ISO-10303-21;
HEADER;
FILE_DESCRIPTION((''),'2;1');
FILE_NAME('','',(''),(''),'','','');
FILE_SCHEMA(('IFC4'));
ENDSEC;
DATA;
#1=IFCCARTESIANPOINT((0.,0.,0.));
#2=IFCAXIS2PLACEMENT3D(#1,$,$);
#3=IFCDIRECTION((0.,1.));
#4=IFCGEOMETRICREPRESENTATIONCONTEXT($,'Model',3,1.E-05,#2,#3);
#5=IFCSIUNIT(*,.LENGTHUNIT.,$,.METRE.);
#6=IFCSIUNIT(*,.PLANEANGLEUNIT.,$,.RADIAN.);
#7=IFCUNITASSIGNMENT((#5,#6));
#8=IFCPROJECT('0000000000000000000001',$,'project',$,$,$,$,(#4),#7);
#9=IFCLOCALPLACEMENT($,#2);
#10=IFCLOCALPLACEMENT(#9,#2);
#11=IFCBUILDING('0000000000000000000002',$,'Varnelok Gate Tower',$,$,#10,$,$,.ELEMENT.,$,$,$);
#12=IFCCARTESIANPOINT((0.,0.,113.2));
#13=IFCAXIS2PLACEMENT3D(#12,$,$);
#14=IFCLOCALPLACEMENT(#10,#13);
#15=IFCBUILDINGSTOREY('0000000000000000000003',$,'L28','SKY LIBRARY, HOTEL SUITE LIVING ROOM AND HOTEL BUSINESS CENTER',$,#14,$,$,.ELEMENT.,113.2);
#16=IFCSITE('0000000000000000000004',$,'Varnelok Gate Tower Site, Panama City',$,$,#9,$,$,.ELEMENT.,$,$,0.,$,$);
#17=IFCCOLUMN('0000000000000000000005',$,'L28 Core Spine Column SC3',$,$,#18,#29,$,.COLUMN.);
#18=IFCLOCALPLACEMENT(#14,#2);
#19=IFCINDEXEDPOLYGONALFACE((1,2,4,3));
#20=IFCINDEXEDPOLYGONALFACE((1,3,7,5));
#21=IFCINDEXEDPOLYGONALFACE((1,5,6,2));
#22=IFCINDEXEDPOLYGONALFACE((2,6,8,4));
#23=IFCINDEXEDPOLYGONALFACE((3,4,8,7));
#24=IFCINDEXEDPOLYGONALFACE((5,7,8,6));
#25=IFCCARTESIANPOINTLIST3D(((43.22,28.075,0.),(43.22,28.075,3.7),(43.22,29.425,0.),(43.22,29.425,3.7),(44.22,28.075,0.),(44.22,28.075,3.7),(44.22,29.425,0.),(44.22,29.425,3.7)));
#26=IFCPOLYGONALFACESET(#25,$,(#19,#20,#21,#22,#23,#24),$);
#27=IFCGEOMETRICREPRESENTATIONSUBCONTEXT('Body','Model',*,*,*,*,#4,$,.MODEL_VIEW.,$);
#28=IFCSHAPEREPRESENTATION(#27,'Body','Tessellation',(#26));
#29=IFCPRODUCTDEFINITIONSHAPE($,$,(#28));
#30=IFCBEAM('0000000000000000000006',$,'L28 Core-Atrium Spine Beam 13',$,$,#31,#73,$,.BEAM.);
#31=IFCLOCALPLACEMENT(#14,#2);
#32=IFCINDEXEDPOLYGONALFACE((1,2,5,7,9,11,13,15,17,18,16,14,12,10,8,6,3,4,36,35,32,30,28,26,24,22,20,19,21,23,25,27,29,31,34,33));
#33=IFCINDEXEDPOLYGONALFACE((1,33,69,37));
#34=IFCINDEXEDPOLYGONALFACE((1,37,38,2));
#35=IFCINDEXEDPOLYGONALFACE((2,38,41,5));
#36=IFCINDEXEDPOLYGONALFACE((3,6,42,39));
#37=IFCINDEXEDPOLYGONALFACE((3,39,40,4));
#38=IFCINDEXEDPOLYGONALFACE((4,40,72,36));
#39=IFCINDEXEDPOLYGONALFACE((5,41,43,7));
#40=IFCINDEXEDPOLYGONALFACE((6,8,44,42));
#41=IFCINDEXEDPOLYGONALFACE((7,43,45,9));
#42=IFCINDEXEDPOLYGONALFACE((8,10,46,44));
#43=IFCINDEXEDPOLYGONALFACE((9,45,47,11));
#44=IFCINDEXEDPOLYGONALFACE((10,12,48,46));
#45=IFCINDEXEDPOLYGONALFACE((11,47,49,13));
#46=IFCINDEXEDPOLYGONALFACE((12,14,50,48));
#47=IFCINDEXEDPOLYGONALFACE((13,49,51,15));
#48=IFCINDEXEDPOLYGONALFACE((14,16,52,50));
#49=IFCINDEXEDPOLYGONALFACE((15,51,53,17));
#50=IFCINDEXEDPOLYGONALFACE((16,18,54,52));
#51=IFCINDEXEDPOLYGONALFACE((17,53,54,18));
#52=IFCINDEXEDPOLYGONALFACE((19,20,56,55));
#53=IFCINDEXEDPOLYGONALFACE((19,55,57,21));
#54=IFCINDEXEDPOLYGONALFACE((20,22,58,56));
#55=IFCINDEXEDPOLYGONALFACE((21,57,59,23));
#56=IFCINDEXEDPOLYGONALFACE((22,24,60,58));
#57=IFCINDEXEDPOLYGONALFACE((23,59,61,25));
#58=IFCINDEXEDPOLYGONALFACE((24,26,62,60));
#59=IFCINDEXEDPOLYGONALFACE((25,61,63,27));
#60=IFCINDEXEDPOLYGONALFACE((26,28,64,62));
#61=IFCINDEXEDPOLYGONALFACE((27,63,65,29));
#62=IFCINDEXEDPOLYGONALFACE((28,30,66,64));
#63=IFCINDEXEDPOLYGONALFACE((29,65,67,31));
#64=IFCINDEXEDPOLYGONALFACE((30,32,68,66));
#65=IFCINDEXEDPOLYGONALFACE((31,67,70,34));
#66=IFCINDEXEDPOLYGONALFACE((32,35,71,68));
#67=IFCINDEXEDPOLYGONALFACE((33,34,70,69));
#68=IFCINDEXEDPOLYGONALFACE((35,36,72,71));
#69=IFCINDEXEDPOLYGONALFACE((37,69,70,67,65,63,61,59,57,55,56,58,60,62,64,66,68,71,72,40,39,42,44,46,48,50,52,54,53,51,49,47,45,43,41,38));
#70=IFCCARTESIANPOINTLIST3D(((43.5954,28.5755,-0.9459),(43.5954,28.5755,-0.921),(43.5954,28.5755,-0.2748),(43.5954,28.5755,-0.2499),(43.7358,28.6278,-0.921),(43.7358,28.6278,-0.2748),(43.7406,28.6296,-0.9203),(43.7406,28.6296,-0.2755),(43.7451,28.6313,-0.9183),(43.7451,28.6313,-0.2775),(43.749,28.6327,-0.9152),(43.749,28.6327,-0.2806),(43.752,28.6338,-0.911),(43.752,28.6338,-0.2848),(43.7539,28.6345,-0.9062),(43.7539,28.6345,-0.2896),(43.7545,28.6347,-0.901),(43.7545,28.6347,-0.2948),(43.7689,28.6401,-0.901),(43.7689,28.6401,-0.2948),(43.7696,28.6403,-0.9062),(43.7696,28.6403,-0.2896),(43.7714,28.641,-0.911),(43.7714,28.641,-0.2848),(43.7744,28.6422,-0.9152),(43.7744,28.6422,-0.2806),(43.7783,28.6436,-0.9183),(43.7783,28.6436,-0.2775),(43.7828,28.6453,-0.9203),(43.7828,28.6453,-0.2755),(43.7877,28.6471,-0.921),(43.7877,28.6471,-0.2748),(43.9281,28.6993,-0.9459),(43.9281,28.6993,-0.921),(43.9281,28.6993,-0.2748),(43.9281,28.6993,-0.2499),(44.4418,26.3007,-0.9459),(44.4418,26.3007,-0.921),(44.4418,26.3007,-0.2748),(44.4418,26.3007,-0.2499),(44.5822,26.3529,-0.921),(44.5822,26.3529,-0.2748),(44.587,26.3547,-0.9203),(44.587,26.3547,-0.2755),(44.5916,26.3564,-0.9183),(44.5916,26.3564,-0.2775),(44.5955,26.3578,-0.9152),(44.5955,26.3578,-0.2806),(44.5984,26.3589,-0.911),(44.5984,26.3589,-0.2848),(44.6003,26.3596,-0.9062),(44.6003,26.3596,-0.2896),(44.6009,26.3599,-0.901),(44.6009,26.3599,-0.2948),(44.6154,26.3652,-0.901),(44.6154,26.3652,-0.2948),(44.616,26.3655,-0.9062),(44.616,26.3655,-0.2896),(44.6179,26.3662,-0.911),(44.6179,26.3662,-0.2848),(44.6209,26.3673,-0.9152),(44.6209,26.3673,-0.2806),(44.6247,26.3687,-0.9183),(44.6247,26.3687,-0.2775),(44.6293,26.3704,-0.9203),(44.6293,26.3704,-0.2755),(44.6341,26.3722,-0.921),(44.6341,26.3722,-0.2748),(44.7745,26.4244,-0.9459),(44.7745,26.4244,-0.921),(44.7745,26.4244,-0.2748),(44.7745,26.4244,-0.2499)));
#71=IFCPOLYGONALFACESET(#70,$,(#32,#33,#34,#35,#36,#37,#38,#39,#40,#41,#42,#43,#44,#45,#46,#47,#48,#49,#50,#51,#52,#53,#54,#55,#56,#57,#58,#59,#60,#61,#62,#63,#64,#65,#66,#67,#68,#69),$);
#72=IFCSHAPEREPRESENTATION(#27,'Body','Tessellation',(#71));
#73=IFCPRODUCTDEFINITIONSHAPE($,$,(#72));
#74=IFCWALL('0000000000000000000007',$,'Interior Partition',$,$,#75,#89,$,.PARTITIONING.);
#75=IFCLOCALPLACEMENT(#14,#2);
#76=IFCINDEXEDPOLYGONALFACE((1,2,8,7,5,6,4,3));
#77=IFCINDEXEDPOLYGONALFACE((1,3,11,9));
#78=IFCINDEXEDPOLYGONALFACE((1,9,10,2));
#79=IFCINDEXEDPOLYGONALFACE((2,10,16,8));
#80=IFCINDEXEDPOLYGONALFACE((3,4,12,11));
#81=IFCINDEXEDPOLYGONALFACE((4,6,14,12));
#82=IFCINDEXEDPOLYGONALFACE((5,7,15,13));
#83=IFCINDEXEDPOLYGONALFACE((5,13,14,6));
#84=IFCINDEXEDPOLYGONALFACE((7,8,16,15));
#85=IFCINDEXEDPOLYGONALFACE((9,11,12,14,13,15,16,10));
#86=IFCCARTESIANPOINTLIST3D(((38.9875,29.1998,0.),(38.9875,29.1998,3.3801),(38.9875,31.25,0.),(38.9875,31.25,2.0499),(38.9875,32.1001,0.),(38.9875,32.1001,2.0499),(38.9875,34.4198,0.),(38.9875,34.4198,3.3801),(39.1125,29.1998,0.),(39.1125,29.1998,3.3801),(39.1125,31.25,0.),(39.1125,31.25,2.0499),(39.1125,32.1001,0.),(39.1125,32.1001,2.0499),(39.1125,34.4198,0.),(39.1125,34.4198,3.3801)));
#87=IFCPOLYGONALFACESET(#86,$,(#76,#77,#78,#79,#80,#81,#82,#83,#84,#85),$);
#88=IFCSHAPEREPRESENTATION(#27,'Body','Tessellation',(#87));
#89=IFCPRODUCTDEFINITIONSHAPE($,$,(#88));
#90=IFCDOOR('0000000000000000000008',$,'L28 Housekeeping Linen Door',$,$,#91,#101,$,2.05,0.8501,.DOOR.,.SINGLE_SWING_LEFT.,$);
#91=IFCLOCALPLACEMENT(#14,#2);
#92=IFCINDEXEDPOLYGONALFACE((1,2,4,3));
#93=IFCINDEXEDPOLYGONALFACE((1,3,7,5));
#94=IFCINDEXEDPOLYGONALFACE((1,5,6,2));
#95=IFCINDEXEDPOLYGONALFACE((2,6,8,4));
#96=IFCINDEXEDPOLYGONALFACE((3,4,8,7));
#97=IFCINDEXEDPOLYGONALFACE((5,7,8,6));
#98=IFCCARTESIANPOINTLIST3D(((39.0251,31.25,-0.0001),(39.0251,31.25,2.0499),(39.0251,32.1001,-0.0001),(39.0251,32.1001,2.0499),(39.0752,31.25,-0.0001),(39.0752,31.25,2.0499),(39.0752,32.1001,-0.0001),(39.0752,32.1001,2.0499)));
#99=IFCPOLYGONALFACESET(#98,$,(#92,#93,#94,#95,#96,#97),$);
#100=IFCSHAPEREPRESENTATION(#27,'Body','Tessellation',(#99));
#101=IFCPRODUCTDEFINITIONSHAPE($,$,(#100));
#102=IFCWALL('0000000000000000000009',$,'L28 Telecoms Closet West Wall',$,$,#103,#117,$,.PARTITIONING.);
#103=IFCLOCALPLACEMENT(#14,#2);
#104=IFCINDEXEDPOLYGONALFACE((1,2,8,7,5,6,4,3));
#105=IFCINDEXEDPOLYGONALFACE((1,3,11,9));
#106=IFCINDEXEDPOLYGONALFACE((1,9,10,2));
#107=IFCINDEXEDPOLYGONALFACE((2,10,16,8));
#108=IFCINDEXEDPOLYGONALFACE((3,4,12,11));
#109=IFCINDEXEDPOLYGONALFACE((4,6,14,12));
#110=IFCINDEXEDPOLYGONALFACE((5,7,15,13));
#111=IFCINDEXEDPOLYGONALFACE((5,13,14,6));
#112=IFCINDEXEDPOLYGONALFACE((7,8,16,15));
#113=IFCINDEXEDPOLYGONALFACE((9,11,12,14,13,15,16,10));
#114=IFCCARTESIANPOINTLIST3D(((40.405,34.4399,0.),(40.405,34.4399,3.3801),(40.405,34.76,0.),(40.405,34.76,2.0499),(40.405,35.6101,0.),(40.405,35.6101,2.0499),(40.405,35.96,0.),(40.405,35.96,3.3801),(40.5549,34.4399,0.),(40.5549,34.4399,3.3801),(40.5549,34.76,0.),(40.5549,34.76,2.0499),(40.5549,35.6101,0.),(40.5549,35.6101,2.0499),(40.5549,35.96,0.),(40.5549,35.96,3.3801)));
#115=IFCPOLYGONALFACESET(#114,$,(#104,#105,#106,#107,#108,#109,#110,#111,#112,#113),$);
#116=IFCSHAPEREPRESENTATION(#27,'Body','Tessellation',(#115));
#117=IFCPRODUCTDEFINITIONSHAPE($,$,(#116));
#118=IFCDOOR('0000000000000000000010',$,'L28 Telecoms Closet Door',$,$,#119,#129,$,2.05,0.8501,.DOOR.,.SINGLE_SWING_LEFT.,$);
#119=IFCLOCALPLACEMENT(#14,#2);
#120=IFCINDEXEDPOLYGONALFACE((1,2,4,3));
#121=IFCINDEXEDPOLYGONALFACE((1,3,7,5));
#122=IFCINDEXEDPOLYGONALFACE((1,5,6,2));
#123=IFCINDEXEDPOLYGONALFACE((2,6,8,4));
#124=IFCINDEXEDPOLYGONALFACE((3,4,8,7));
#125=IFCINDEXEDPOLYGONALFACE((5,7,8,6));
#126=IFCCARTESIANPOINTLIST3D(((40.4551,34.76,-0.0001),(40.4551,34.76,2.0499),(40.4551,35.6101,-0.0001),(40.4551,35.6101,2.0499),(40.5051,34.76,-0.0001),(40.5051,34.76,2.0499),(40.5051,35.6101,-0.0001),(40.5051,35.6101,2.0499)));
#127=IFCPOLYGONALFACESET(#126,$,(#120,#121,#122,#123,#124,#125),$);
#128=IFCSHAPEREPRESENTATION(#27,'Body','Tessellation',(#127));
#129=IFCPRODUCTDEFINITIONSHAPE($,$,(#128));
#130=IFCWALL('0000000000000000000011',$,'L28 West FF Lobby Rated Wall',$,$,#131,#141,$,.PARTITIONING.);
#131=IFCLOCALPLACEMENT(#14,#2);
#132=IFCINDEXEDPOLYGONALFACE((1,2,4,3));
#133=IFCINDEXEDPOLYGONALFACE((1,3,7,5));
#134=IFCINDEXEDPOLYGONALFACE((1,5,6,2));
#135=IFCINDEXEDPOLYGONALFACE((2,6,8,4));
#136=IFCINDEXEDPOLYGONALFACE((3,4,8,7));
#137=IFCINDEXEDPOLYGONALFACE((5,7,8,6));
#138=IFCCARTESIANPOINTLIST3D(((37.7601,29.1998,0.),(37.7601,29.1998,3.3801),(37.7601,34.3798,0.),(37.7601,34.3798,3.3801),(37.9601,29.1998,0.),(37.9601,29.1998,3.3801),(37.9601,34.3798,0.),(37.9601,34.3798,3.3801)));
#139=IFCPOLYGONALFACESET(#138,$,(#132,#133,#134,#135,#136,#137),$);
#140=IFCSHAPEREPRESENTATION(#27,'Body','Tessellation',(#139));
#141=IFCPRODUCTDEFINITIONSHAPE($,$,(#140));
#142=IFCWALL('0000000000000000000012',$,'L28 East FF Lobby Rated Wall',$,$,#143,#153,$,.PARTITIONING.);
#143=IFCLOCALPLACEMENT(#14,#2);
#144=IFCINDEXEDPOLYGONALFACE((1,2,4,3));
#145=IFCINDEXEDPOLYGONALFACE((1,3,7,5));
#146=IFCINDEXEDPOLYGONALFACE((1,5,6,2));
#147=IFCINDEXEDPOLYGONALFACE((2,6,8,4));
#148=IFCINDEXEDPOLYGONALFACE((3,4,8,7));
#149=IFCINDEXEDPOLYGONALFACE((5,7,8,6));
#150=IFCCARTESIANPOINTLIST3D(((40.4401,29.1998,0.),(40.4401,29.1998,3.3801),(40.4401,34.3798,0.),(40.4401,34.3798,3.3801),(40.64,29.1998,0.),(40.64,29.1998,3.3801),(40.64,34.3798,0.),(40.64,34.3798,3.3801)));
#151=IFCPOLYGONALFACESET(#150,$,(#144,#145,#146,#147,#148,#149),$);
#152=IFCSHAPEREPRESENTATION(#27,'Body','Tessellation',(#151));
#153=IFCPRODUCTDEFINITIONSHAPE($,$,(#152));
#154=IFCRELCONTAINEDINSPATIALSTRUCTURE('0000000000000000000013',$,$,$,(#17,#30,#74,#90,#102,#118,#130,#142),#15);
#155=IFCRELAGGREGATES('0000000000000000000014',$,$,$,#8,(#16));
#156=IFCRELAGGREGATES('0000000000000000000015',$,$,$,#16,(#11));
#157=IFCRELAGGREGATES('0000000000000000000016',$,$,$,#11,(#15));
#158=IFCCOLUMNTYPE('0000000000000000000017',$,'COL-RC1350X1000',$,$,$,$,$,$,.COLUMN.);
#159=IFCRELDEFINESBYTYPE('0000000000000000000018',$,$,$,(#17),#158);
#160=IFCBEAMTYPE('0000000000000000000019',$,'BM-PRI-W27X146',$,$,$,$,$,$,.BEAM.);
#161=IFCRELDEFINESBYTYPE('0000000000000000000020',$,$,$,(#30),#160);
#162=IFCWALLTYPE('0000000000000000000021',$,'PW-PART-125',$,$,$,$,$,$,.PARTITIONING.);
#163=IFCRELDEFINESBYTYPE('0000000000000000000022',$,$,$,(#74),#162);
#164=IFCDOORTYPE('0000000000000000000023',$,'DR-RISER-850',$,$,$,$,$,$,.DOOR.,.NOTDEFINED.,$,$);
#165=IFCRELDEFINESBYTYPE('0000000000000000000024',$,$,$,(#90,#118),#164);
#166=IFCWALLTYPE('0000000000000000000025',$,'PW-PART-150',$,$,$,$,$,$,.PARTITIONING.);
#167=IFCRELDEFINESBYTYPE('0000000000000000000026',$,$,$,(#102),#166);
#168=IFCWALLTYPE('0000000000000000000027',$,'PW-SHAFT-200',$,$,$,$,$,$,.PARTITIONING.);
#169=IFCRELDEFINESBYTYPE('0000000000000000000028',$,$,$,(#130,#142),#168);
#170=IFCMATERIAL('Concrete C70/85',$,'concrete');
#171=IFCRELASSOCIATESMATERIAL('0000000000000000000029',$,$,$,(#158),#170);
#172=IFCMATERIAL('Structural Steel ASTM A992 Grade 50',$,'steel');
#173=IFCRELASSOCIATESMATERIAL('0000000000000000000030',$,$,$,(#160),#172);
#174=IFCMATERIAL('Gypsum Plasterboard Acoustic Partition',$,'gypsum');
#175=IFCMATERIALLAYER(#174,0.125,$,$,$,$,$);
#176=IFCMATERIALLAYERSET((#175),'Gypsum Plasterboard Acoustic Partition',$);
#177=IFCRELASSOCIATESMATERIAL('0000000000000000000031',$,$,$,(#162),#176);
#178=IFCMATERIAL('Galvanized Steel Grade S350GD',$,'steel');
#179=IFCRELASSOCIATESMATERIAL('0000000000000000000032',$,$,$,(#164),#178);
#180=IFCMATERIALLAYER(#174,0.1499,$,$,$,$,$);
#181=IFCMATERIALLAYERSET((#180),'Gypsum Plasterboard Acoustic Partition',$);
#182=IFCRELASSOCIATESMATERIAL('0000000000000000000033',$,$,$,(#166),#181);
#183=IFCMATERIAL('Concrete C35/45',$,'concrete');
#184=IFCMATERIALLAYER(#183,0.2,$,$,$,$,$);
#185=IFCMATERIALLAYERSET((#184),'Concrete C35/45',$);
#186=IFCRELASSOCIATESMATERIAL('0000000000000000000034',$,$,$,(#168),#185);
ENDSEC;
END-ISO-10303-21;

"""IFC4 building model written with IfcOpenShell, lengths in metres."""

from ifc_helpers import new_model, si_unit, direction, frame, frame_2d, origin, origin_2d, place, context, subcontext, project, spatial, rectangle, i_section, extrude, material, layer, layer_set, material_profile, profile_set, type_object, element, fill, save


model = new_model("IFC4")

# Units and contexts
model_context = context("Model", 3, precision=1e-05, world=origin(), true_north=direction((0.0, 1.0)))
body_context = subcontext(model_context, "Body", "Model", "MODEL_VIEW")
ifc_project = project(units=[si_unit("LENGTHUNIT", "METRE"), si_unit("PLANEANGLEUNIT", "RADIAN")], contexts=[model_context])

# Site, building, storey
site_placement = place(None, origin())
site = spatial("IfcSite", under=ifc_project, at=site_placement, Name="Varnelok Gate Tower Site, Panama City", CompositionType="ELEMENT", RefElevation=0.0)
building_placement = place(site_placement, origin())
building = spatial("IfcBuilding", under=site, at=building_placement, Name="Varnelok Gate Tower", CompositionType="ELEMENT")
storey_placement = place(building_placement, frame((0.0, 0.0, 113.2)))
storey = spatial("IfcBuildingStorey", under=building, at=storey_placement, Name="L28", Description="SKY LIBRARY, HOTEL SUITE LIVING ROOM AND HOTEL BUSINESS CENTER", CompositionType="ELEMENT", Elevation=113.2)

# Column
ifc_material_1 = material(Name="Concrete C70/85", Category="concrete")
ifc_material_profile_1 = material_profile(ifc_material_1, rectangle(XDim=1.0, YDim=1.3501, at=origin_2d()), Name="RC1350X1000")
ifc_profile_set_1 = profile_set([ifc_material_profile_1], Name="Concrete C70/85")
column_type = type_object("IfcColumnType", Name="COL-RC1350X1000", PredefinedType="COLUMN", material=ifc_profile_set_1)
column_placement = place(storey_placement, frame((43.72, 28.75, 0.0), z_axis=(0.0, 0.0, 1.0), x_axis=(1.0, 0.0, 0.0)))
element("IfcColumn", 1, at=column_placement, inside=storey, type_object=column_type, Name="L28 Core Spine Column SC3", PredefinedType="COLUMN", context=body_context, shape_type="SweptSolid", body=[
    extrude(rectangle(XDim=1.0, YDim=1.3501, at=origin_2d()), origin(), (0.0, 0.0, 1.0), 3.7),
])

# Beam
ifc_material_2 = material(Name="Structural Steel ASTM A992 Grade 50", Category="steel")
ifc_material_profile_2 = material_profile(ifc_material_2, i_section(OverallWidth=0.355, OverallDepth=0.696, WebThickness=0.0154, FlangeThickness=0.0249, FilletRadius=0.02, at=origin_2d()), Name="W27X146")
ifc_profile_set_2 = profile_set([ifc_material_profile_2], Name="Structural Steel ASTM A992 Grade 50")
beam_type = type_object("IfcBeamType", Name="BM-PRI-W27X146", PredefinedType="BEAM", material=ifc_profile_set_2)
beam_placement = place(storey_placement, frame((44.6082, 26.3625, -0.5979), z_axis=(-0.348719, 0.937227, 0.0), x_axis=(-0.937227, -0.348719, 0.0)))
element("IfcBeam", 2, at=beam_placement, inside=storey, type_object=beam_type, Name="L28 Core-Atrium Spine Beam 13", PredefinedType="BEAM", context=body_context, shape_type="SweptSolid", body=[
    extrude(i_section(OverallWidth=0.355, OverallDepth=0.696, WebThickness=0.0154, FlangeThickness=0.0249, FilletRadius=0.02, at=origin_2d()), origin(), (0.0, 0.0, 1.0), 2.4272),
])

# Walls, openings, doors
ifc_material_3 = material(Name="Gypsum Plasterboard Acoustic Partition", Category="gypsum")
ifc_layer_1 = layer(ifc_material_3, 0.125)
ifc_layer_set_1 = layer_set([ifc_layer_1], Name="Gypsum Plasterboard Acoustic Partition")
wall_type_1 = type_object("IfcWallType", Name="PW-PART-125", PredefinedType="PARTITIONING", material=ifc_layer_set_1)
wall_1_placement = place(storey_placement, frame((39.05, 29.2, 0.0), z_axis=(0.0, 0.0, 1.0), x_axis=(0.0, 1.0, 0.0)))
wall_1 = element("IfcWall", 3, at=wall_1_placement, inside=storey, type_object=wall_type_1, Name="Interior Partition", PredefinedType="PARTITIONING", context=body_context, shape_type="SweptSolid", body=[
    extrude(rectangle(XDim=5.22, YDim=0.125, at=frame_2d((2.6099, 0.0))), origin(), (0.0, 0.0, 1.0), 3.3801),
])
opening_1_placement = place(wall_1_placement, frame((2.05, 0.0, 0.0)))
opening_1 = element("IfcOpeningElement", 4, at=opening_1_placement, cuts=wall_1, PredefinedType="OPENING", context=body_context, shape_type="SweptSolid", body=[
    extrude(rectangle(XDim=0.8501, YDim=2.05, at=frame_2d((0.425, 1.0249))), frame((0.0, 0.0725, 0.0), z_axis=(0.0, -1.0, 0.0), x_axis=(1.0, 0.0, 0.0)), (0.0, 0.0, 1.0), 0.145),
])
ifc_material_4 = material(Name="Galvanized Steel Grade S350GD", Category="steel")
door_type_1 = type_object("IfcDoorType", Name="DR-RISER-850", OperationType="NOTDEFINED", PredefinedType="DOOR", material=ifc_material_4)
door_1_placement = place(opening_1_placement, origin())
door_1 = element("IfcDoor", 5, at=door_1_placement, inside=storey, type_object=door_type_1, Name="L28 Housekeeping Linen Door", OperationType="SINGLE_SWING_LEFT", OverallHeight=2.05, OverallWidth=0.8501, PredefinedType="DOOR", context=body_context, shape_type="SweptSolid", body=[
    extrude(rectangle(XDim=0.8501, YDim=2.05, at=frame_2d((0.425, 1.0249))), frame((0.0, 0.0249, 0.0), z_axis=(0.0, -1.0, 0.0), x_axis=(1.0, 0.0, 0.0)), (0.0, 0.0, 1.0), 0.05),
])
fill(opening_1, door_1)
ifc_layer_2 = layer(ifc_material_3, 0.1499)
ifc_layer_set_2 = layer_set([ifc_layer_2], Name="Gypsum Plasterboard Acoustic Partition")
wall_type_2 = type_object("IfcWallType", Name="PW-PART-150", PredefinedType="PARTITIONING", material=ifc_layer_set_2)
wall_2_placement = place(storey_placement, frame((40.48, 34.4399, 0.0), z_axis=(0.0, 0.0, 1.0), x_axis=(0.0, 1.0, 0.0)))
wall_2 = element("IfcWall", 6, at=wall_2_placement, inside=storey, type_object=wall_type_2, Name="L28 Telecoms Closet West Wall", PredefinedType="PARTITIONING", context=body_context, shape_type="SweptSolid", body=[
    extrude(rectangle(XDim=1.52, YDim=0.1499, at=frame_2d((0.76, 0.0))), origin(), (0.0, 0.0, 1.0), 3.3801),
])
opening_2_placement = place(wall_2_placement, frame((0.3201, 0.0, 0.0)))
opening_2 = element("IfcOpeningElement", 7, at=opening_2_placement, cuts=wall_2, PredefinedType="OPENING", context=body_context, shape_type="SweptSolid", body=[
    extrude(rectangle(XDim=0.8501, YDim=2.05, at=frame_2d((0.425, 1.0249))), frame((0.0, 0.085, 0.0), z_axis=(0.0, -1.0, 0.0), x_axis=(1.0, 0.0, 0.0)), (0.0, 0.0, 1.0), 0.1699),
])
door_2_placement = place(opening_2_placement, origin())
door_2 = element("IfcDoor", 8, at=door_2_placement, inside=storey, type_object=door_type_1, Name="L28 Telecoms Closet Door", OperationType="SINGLE_SWING_LEFT", OverallHeight=2.05, OverallWidth=0.8501, PredefinedType="DOOR", context=body_context, shape_type="SweptSolid", body=[
    extrude(rectangle(XDim=0.8501, YDim=2.05, at=frame_2d((0.425, 1.0249))), frame((0.0, 0.0249, 0.0), z_axis=(0.0, -1.0, 0.0), x_axis=(1.0, 0.0, 0.0)), (0.0, 0.0, 1.0), 0.05),
])
fill(opening_2, door_2)

# Walls
ifc_material_5 = material(Name="Concrete C35/45", Category="concrete")
ifc_layer_3 = layer(ifc_material_5, 0.2)
ifc_layer_set_3 = layer_set([ifc_layer_3], Name="Concrete C35/45")
wall_type_3 = type_object("IfcWallType", Name="PW-SHAFT-200", PredefinedType="PARTITIONING", material=ifc_layer_set_3)
for number, where, z_axis, x_axis, name in (
    (9, (37.8601, 29.2, 0.0), (0.0, 0.0, 1.0), (0.0, 1.0, 0.0), "L28 West FF Lobby Rated Wall"),
    (10, (40.54, 29.2, 0.0), (0.0, 0.0, 1.0), (0.0, 1.0, 0.0), "L28 East FF Lobby Rated Wall"),
):
    element("IfcWall", number, at=place(storey_placement, frame(where, z_axis=z_axis, x_axis=x_axis)), inside=storey, type_object=wall_type_3, Name=name, PredefinedType="PARTITIONING", context=body_context, shape_type="SweptSolid", body=[
        extrude(rectangle(XDim=5.1799, YDim=0.2, at=frame_2d((2.5898, 0.0))), origin(), (0.0, 0.0, 1.0), 3.3801),
    ])

save(model, "model.ifc")
